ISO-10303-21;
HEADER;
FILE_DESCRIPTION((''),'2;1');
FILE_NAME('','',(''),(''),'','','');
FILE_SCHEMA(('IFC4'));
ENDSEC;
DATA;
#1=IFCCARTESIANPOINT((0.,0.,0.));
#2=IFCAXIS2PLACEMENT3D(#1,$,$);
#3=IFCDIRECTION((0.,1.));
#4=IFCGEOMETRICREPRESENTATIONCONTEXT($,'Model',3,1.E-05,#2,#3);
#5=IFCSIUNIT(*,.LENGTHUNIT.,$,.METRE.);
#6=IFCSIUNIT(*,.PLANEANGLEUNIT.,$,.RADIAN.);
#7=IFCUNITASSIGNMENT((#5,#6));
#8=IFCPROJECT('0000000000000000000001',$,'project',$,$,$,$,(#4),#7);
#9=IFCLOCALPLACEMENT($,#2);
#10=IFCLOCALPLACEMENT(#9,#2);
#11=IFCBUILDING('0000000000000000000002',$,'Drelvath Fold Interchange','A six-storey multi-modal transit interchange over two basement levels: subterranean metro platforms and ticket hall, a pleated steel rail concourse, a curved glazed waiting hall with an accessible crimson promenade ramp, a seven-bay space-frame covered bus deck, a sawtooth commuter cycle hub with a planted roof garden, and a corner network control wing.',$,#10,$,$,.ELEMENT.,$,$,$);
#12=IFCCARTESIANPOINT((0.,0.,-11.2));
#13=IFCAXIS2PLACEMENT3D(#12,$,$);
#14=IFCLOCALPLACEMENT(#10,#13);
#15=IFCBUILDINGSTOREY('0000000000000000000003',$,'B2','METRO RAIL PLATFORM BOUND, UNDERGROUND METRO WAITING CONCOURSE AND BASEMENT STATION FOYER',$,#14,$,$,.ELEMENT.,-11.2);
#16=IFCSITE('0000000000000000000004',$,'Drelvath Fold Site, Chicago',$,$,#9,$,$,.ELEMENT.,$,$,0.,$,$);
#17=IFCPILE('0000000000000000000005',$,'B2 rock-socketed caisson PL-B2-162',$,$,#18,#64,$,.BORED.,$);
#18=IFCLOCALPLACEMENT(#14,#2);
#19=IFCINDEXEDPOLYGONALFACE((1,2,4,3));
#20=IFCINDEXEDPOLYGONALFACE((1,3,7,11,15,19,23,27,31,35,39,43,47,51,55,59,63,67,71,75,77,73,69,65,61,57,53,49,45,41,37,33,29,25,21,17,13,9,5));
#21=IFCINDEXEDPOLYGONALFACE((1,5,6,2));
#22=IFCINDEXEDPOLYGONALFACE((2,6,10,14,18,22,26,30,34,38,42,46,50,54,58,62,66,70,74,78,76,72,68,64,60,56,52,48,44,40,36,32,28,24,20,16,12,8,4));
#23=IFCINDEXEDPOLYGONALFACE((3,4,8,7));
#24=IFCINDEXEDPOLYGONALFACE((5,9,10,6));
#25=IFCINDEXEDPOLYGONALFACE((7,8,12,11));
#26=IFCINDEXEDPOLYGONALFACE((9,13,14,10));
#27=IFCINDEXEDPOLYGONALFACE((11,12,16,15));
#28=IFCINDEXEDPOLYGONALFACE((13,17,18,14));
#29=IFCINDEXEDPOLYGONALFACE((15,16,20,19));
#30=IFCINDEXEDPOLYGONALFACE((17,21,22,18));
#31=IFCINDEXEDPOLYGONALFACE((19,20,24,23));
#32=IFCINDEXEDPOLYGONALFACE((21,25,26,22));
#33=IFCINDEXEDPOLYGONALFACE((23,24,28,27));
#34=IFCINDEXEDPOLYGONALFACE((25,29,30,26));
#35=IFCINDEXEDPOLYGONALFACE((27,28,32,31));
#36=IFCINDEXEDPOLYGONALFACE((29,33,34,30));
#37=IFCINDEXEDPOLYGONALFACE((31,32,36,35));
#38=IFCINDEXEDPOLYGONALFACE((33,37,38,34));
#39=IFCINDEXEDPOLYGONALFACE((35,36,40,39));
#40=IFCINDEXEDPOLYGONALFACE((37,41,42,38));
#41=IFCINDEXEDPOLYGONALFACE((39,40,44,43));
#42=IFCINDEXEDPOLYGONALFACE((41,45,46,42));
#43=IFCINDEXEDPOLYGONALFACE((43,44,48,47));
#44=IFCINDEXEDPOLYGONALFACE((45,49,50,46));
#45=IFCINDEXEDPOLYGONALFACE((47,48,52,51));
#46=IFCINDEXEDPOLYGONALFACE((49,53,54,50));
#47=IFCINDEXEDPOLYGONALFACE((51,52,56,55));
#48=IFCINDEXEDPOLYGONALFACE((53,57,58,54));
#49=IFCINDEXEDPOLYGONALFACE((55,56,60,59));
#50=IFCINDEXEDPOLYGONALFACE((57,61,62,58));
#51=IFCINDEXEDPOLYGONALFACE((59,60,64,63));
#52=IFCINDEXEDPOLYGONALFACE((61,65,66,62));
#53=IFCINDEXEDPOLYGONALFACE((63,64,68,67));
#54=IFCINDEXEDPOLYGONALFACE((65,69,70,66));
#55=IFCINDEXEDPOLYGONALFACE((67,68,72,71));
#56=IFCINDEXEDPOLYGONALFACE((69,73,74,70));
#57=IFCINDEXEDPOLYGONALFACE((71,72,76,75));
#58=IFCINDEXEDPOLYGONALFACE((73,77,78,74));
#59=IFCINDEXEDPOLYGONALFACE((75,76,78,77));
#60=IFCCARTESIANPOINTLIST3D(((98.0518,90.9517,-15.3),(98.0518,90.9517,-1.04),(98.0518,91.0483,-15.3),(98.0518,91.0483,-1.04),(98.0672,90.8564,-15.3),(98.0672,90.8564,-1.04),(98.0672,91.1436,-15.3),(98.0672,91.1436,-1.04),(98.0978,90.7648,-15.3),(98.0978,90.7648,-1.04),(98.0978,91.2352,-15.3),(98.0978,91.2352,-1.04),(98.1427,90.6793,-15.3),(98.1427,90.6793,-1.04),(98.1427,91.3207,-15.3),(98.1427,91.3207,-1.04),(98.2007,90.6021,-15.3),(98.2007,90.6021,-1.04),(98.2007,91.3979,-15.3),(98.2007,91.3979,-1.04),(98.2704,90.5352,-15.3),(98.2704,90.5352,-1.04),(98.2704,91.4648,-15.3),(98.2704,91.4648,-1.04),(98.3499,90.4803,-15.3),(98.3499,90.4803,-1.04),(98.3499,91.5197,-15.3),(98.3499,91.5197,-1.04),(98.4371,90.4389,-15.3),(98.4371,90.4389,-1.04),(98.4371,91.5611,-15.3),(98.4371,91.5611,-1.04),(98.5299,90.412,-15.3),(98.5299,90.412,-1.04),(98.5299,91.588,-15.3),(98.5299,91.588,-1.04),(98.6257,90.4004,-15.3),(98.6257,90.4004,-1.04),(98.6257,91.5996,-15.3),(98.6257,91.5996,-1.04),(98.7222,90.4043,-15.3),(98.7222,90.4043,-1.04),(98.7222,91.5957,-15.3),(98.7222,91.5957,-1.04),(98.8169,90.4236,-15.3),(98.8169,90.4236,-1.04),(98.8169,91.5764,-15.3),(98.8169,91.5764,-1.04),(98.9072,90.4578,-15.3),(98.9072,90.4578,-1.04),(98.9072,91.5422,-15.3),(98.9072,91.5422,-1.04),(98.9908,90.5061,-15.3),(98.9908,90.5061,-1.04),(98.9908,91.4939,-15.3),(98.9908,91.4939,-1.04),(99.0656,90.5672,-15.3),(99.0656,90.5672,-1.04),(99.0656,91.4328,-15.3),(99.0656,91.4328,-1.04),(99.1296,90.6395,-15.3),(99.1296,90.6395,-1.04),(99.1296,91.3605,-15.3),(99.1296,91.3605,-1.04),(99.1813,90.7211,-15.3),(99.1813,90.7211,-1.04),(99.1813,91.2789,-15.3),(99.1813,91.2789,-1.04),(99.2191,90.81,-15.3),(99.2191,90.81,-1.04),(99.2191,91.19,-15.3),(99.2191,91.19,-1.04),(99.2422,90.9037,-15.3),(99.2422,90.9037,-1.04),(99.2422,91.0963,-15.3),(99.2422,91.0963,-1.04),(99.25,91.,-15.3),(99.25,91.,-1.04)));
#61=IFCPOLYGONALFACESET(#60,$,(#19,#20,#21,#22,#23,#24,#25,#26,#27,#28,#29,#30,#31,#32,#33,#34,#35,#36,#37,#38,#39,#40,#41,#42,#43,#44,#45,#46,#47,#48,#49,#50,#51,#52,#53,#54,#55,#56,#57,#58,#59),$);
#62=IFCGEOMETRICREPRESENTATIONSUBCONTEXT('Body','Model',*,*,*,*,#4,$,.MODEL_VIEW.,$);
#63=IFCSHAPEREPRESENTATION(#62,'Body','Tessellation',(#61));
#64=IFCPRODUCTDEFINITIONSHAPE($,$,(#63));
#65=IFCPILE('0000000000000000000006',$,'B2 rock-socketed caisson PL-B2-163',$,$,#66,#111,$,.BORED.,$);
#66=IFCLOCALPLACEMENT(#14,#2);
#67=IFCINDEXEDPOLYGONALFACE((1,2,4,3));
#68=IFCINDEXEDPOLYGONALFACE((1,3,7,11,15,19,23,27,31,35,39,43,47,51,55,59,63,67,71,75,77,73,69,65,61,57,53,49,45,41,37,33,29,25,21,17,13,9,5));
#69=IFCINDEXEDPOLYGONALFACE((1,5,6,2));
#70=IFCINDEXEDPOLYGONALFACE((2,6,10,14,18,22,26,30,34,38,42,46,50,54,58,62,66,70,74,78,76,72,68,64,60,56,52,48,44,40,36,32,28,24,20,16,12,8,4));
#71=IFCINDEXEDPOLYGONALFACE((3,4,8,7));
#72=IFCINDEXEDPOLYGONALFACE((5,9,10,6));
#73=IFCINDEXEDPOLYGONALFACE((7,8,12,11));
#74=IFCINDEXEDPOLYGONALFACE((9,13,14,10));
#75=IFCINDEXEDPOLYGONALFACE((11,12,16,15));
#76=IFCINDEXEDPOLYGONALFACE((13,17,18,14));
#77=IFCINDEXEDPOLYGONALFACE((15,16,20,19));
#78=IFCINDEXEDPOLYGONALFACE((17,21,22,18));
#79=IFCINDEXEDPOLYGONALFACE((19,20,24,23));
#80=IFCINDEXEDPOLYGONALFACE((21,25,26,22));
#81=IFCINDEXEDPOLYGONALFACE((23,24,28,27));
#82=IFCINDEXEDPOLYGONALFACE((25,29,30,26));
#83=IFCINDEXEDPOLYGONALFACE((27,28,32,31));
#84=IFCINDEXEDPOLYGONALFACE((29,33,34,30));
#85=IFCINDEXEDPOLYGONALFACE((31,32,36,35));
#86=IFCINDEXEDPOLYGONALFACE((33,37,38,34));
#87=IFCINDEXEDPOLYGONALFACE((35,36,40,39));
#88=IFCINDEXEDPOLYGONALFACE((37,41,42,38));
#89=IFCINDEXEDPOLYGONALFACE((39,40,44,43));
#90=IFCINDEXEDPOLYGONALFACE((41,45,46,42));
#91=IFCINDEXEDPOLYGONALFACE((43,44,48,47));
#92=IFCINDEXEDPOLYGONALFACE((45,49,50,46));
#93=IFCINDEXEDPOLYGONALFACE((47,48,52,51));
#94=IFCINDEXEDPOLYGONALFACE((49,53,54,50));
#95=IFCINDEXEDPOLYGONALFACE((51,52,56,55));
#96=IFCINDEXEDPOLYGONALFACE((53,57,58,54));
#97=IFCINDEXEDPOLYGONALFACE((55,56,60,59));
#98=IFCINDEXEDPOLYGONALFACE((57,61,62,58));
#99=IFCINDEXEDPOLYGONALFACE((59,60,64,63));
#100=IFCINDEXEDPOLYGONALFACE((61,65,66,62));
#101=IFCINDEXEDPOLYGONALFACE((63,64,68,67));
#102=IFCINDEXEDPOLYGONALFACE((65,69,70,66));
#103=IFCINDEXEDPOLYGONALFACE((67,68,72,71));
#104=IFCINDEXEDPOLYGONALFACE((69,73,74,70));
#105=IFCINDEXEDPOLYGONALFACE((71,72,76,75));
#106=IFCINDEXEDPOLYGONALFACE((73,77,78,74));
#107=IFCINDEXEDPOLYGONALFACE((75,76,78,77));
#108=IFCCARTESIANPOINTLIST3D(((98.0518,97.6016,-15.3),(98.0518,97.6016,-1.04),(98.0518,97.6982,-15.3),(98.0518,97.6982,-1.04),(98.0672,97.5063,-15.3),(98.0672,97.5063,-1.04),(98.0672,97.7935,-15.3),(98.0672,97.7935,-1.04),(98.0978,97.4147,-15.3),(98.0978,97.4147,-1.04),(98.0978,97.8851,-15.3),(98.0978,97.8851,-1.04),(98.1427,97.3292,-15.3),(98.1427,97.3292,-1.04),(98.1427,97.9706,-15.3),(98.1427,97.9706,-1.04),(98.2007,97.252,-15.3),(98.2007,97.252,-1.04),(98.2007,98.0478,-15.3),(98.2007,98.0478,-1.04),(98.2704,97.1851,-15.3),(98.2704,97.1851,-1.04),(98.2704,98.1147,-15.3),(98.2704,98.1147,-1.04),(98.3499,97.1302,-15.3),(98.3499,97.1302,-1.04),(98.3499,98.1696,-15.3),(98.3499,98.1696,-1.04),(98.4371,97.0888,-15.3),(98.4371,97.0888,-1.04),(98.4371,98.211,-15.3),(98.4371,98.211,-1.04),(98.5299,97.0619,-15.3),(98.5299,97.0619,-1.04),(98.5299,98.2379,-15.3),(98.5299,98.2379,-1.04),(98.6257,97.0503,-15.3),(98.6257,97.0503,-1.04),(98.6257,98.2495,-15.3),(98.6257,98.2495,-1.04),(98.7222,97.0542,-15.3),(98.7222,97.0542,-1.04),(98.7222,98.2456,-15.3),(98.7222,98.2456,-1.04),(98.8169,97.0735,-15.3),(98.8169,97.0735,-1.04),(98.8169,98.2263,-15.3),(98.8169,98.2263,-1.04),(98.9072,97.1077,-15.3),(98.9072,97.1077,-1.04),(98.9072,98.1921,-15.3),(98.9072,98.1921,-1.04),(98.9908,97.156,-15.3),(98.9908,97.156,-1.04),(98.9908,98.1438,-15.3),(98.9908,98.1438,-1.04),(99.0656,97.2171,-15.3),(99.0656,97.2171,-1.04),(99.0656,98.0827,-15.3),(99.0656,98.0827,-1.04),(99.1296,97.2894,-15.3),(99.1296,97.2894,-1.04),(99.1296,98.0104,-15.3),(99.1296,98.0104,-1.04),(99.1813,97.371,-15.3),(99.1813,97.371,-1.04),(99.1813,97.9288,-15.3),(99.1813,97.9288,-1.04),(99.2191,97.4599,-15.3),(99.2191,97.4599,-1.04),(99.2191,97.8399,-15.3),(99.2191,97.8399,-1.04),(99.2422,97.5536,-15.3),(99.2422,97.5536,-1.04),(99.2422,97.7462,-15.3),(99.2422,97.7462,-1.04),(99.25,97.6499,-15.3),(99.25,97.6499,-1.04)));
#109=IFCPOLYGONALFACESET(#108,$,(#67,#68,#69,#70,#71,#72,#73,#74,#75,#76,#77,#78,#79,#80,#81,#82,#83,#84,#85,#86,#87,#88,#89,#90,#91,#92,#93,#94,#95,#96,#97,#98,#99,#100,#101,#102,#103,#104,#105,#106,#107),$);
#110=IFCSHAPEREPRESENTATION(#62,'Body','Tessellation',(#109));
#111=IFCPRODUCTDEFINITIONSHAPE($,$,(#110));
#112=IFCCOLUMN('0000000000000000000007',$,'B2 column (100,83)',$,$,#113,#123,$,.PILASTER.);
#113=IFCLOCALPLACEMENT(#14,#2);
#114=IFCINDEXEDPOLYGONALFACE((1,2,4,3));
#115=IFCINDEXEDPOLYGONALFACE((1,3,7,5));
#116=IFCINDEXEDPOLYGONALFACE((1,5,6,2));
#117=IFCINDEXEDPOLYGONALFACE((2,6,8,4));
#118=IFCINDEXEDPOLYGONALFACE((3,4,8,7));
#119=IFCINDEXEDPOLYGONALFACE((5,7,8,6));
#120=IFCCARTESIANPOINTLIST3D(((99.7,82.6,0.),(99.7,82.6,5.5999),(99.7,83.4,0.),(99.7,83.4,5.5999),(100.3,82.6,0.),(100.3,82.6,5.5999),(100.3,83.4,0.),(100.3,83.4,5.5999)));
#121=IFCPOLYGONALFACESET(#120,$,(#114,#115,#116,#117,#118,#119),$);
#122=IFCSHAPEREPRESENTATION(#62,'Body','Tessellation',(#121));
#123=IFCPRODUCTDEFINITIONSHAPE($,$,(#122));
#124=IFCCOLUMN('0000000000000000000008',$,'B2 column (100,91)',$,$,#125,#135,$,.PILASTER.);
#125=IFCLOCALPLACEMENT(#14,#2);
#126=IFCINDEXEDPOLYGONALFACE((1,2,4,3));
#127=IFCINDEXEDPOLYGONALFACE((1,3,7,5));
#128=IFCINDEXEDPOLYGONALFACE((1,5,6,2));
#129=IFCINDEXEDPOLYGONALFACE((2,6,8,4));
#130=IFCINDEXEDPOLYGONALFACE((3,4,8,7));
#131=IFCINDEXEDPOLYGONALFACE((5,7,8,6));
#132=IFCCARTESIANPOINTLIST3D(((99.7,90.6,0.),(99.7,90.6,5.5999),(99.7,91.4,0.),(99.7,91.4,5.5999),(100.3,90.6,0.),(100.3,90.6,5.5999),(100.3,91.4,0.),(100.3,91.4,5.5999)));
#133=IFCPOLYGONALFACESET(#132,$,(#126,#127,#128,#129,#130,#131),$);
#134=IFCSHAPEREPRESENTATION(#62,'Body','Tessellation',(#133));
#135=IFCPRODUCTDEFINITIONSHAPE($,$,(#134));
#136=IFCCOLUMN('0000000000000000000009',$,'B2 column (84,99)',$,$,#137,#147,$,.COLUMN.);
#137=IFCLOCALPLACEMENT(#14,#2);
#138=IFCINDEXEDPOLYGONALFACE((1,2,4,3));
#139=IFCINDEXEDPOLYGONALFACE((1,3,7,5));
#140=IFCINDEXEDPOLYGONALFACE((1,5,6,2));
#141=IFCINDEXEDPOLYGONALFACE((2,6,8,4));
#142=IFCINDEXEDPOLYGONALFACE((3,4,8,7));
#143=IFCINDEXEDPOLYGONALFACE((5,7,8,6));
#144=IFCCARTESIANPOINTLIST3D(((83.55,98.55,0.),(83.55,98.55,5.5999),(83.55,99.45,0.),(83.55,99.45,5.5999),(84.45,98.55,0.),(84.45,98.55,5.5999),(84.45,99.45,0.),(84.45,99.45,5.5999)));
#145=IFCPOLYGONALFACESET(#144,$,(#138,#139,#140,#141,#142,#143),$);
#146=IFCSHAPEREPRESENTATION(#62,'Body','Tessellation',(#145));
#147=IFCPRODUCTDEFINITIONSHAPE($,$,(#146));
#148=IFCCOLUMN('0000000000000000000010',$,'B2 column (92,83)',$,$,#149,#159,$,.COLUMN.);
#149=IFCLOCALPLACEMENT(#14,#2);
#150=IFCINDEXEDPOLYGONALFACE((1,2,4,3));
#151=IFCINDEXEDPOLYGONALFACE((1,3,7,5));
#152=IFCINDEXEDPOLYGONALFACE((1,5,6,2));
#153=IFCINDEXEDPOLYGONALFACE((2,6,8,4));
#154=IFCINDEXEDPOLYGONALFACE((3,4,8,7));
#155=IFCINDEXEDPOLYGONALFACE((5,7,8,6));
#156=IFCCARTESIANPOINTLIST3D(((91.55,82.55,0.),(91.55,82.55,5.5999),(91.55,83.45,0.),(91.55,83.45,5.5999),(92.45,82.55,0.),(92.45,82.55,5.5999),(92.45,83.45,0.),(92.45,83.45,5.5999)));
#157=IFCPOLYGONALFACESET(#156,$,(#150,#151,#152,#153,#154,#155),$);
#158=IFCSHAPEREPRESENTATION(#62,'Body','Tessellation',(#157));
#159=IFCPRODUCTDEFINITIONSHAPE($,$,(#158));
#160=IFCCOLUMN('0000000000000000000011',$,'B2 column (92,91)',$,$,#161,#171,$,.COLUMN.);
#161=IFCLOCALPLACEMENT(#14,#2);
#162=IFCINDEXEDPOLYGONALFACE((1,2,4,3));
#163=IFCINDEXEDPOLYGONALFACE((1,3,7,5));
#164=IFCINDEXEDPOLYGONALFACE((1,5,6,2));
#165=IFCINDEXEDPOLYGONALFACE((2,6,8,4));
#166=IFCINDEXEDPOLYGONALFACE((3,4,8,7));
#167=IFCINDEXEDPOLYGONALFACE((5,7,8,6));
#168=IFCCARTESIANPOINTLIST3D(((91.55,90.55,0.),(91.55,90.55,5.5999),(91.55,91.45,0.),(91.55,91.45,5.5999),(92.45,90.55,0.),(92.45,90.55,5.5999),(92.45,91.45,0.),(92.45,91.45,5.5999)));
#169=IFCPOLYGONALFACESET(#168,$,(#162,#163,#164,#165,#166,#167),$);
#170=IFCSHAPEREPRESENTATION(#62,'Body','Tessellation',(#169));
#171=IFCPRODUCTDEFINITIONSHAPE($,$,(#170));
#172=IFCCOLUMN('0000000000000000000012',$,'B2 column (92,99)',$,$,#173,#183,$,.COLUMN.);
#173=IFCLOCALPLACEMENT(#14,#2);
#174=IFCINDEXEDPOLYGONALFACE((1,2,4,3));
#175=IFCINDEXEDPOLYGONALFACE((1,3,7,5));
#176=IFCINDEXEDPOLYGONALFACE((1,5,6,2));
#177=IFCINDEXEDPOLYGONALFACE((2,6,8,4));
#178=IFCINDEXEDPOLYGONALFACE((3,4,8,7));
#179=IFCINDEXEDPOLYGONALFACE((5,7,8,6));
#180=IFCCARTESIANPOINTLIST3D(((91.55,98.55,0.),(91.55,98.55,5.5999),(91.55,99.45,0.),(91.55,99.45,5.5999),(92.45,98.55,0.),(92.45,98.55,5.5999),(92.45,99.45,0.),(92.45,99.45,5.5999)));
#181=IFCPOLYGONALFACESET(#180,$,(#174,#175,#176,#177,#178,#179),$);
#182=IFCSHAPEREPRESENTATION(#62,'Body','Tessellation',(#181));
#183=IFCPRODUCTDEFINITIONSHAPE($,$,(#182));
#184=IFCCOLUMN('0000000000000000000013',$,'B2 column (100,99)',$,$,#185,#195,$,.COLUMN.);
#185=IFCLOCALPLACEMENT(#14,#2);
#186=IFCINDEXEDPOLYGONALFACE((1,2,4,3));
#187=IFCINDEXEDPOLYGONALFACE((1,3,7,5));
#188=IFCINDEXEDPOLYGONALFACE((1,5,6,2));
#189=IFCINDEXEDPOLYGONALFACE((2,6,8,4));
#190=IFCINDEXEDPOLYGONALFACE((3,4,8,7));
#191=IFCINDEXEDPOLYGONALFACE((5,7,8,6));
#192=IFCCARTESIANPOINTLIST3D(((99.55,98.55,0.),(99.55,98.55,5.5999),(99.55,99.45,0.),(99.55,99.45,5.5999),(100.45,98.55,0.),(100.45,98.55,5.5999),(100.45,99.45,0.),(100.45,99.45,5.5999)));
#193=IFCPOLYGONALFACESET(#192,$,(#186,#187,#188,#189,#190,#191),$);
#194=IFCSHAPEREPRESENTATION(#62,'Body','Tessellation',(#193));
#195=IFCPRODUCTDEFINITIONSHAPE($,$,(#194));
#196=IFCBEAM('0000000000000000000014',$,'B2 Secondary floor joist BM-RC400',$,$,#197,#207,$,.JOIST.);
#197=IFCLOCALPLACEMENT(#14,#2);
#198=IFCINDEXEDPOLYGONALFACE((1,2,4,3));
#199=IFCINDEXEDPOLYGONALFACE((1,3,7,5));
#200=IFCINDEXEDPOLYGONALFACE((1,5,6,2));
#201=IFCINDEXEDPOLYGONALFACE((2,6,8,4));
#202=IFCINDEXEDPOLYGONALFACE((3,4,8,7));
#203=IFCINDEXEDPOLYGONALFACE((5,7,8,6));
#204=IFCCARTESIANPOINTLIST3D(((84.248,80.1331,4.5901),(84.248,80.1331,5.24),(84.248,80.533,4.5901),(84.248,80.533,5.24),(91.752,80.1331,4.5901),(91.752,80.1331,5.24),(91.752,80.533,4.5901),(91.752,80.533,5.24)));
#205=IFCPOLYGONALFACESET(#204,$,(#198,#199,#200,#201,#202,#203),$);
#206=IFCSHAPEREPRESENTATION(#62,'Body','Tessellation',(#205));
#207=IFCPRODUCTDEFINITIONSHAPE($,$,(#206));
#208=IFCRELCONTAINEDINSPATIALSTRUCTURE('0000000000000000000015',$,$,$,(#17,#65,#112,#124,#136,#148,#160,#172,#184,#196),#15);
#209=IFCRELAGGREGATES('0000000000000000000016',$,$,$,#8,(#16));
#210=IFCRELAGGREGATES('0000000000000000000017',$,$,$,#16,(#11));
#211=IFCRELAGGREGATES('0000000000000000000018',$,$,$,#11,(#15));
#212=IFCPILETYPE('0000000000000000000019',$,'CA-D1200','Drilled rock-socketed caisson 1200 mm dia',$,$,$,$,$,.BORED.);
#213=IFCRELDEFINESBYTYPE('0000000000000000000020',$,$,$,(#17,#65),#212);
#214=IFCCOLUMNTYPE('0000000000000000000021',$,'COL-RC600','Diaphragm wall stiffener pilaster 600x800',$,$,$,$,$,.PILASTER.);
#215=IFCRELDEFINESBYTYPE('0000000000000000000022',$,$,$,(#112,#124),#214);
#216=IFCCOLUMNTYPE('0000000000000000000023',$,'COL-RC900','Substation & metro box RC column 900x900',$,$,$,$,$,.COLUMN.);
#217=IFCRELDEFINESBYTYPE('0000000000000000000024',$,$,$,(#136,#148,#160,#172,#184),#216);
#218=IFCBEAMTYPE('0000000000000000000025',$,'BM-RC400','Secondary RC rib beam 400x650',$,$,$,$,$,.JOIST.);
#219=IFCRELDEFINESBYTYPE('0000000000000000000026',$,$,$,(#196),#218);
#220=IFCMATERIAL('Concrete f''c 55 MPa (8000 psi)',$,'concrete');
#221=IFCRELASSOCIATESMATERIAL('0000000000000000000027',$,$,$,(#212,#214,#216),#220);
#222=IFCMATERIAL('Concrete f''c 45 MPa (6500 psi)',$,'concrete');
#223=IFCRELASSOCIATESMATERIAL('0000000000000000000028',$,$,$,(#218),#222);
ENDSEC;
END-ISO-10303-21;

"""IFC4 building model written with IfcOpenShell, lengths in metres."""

from ifc_helpers import new_model, si_unit, direction, frame, origin, origin_2d, place, context, subcontext, project, spatial, rectangle, circle, extrude, material, material_profile, profile_set, type_object, element, save


model = new_model("IFC4")

# Units and contexts
model_context = context("Model", 3, precision=1e-05, world=origin(), true_north=direction((0.0, 1.0)))
body_context = subcontext(model_context, "Body", "Model", "MODEL_VIEW")
ifc_project = project(units=[si_unit("LENGTHUNIT", "METRE"), si_unit("PLANEANGLEUNIT", "RADIAN")], contexts=[model_context])

# Site, building, storey
site_placement = place(None, origin())
site = spatial("IfcSite", under=ifc_project, at=site_placement, Name="Drelvath Fold Site, Chicago", CompositionType="ELEMENT", RefElevation=0.0)
building_placement = place(site_placement, origin())
building = spatial("IfcBuilding", under=site, at=building_placement, Name="Drelvath Fold Interchange", Description="A six-storey multi-modal transit interchange over two basement levels: subterranean metro platforms and ticket hall, a pleated steel rail concourse, a curved glazed waiting hall with an accessible crimson promenade ramp, a seven-bay space-frame covered bus deck, a sawtooth commuter cycle hub with a planted roof garden, and a corner network control wing.", CompositionType="ELEMENT")
storey_placement = place(building_placement, frame((0.0, 0.0, -11.2)))
storey = spatial("IfcBuildingStorey", under=building, at=storey_placement, Name="B2", Description="METRO RAIL PLATFORM BOUND, UNDERGROUND METRO WAITING CONCOURSE AND BASEMENT STATION FOYER", CompositionType="ELEMENT", Elevation=-11.2)

# Piles
ifc_material_1 = material(Name="Concrete f'c 55 MPa (8000 psi)", Category="concrete")
ifc_material_profile_1 = material_profile(ifc_material_1, circle(Radius=0.6001, at=origin_2d()), Name="CAISSON D1200")
ifc_profile_set_1 = profile_set([ifc_material_profile_1], Name="Concrete f'c 55 MPa (8000 psi)")
pile_type = type_object("IfcPileType", Name="CA-D1200", Description="Drilled rock-socketed caisson 1200 mm dia", PredefinedType="BORED", material=ifc_profile_set_1)
for number, where, z_axis, x_axis, name in (
    (1, (98.6499, 91.0, -1.04), (0.0, 0.0, -1.0), (1.0, 0.0, 0.0), "B2 rock-socketed caisson PL-B2-162"),
    (2, (98.6499, 97.6499, -1.04), (0.0, 0.0, -1.0), (1.0, 0.0, 0.0), "B2 rock-socketed caisson PL-B2-163"),
):
    element("IfcPile", number, at=place(storey_placement, frame(where, z_axis=z_axis, x_axis=x_axis)), inside=storey, type_object=pile_type, Name=name, PredefinedType="BORED", context=body_context, shape_type="SweptSolid", body=[
        extrude(circle(Radius=0.6001, at=origin_2d()), origin(), (0.0, 0.0, 1.0), 14.26),
    ])

# Columns
ifc_material_profile_2 = material_profile(ifc_material_1, rectangle(XDim=0.6001, YDim=0.8, at=origin_2d()), Name="RC 600x800")
ifc_profile_set_2 = profile_set([ifc_material_profile_2], Name="Concrete f'c 55 MPa (8000 psi)")
column_type_1 = type_object("IfcColumnType", Name="COL-RC600", Description="Diaphragm wall stiffener pilaster 600x800", PredefinedType="PILASTER", material=ifc_profile_set_2)
for number, where, z_axis, x_axis, name in (
    (3, (100.0, 83.0, 0.0), (0.0, 0.0, 1.0), (1.0, 0.0, 0.0), "B2 column (100,83)"),
    (4, (100.0, 91.0, 0.0), (0.0, 0.0, 1.0), (1.0, 0.0, 0.0), "B2 column (100,91)"),
):
    element("IfcColumn", number, at=place(storey_placement, frame(where, z_axis=z_axis, x_axis=x_axis)), inside=storey, type_object=column_type_1, Name=name, PredefinedType="PILASTER", context=body_context, shape_type="SweptSolid", body=[
        extrude(rectangle(XDim=0.6001, YDim=0.8, at=origin_2d()), origin(), (0.0, 0.0, 1.0), 5.5999),
    ])
ifc_material_profile_3 = material_profile(ifc_material_1, rectangle(XDim=0.8999, YDim=0.8999, at=origin_2d()), Name="RC 900x900")
ifc_profile_set_3 = profile_set([ifc_material_profile_3], Name="Concrete f'c 55 MPa (8000 psi)")
column_type_2 = type_object("IfcColumnType", Name="COL-RC900", Description="Substation & metro box RC column 900x900", PredefinedType="COLUMN", material=ifc_profile_set_3)
for number, where, z_axis, x_axis, name in (
    (5, (84.0, 99.0, 0.0), (0.0, 0.0, 1.0), (1.0, 0.0, 0.0), "B2 column (84,99)"),
    (6, (92.0, 83.0, 0.0), (0.0, 0.0, 1.0), (1.0, 0.0, 0.0), "B2 column (92,83)"),
    (7, (92.0, 91.0, 0.0), (0.0, 0.0, 1.0), (1.0, 0.0, 0.0), "B2 column (92,91)"),
    (8, (92.0, 99.0, 0.0), (0.0, 0.0, 1.0), (1.0, 0.0, 0.0), "B2 column (92,99)"),
    (9, (100.0, 99.0, 0.0), (0.0, 0.0, 1.0), (1.0, 0.0, 0.0), "B2 column (100,99)"),
):
    element("IfcColumn", number, at=place(storey_placement, frame(where, z_axis=z_axis, x_axis=x_axis)), inside=storey, type_object=column_type_2, Name=name, PredefinedType="COLUMN", context=body_context, shape_type="SweptSolid", body=[
        extrude(rectangle(XDim=0.8999, YDim=0.8999, at=origin_2d()), origin(), (0.0, 0.0, 1.0), 5.5999),
    ])

# Beam
ifc_material_2 = material(Name="Concrete f'c 45 MPa (6500 psi)", Category="concrete")
ifc_material_profile_4 = material_profile(ifc_material_2, rectangle(XDim=0.3999, YDim=0.6499, at=origin_2d()), Name="RC 400x650")
ifc_profile_set_4 = profile_set([ifc_material_profile_4], Name="Concrete f'c 45 MPa (6500 psi)")
beam_type_1 = type_object("IfcBeamType", Name="BM-RC400", Description="Secondary RC rib beam 400x650", PredefinedType="JOIST", material=ifc_profile_set_4)
for number, where, z_axis, x_axis, name in (
    (10, (84.248, 80.333, 4.915), (1.0, 0.0, 0.0), (0.0, 1.0, 0.0), "B2 Secondary floor joist BM-RC400"),
):
    element("IfcBeam", number, at=place(storey_placement, frame(where, z_axis=z_axis, x_axis=x_axis)), inside=storey, type_object=beam_type_1, Name=name, PredefinedType="JOIST", context=body_context, shape_type="SweptSolid", body=[
        extrude(rectangle(XDim=0.3999, YDim=0.6499, at=origin_2d()), origin(), (0.0, 0.0, 1.0), 7.5039),
    ])

save(model, "model.ifc")
